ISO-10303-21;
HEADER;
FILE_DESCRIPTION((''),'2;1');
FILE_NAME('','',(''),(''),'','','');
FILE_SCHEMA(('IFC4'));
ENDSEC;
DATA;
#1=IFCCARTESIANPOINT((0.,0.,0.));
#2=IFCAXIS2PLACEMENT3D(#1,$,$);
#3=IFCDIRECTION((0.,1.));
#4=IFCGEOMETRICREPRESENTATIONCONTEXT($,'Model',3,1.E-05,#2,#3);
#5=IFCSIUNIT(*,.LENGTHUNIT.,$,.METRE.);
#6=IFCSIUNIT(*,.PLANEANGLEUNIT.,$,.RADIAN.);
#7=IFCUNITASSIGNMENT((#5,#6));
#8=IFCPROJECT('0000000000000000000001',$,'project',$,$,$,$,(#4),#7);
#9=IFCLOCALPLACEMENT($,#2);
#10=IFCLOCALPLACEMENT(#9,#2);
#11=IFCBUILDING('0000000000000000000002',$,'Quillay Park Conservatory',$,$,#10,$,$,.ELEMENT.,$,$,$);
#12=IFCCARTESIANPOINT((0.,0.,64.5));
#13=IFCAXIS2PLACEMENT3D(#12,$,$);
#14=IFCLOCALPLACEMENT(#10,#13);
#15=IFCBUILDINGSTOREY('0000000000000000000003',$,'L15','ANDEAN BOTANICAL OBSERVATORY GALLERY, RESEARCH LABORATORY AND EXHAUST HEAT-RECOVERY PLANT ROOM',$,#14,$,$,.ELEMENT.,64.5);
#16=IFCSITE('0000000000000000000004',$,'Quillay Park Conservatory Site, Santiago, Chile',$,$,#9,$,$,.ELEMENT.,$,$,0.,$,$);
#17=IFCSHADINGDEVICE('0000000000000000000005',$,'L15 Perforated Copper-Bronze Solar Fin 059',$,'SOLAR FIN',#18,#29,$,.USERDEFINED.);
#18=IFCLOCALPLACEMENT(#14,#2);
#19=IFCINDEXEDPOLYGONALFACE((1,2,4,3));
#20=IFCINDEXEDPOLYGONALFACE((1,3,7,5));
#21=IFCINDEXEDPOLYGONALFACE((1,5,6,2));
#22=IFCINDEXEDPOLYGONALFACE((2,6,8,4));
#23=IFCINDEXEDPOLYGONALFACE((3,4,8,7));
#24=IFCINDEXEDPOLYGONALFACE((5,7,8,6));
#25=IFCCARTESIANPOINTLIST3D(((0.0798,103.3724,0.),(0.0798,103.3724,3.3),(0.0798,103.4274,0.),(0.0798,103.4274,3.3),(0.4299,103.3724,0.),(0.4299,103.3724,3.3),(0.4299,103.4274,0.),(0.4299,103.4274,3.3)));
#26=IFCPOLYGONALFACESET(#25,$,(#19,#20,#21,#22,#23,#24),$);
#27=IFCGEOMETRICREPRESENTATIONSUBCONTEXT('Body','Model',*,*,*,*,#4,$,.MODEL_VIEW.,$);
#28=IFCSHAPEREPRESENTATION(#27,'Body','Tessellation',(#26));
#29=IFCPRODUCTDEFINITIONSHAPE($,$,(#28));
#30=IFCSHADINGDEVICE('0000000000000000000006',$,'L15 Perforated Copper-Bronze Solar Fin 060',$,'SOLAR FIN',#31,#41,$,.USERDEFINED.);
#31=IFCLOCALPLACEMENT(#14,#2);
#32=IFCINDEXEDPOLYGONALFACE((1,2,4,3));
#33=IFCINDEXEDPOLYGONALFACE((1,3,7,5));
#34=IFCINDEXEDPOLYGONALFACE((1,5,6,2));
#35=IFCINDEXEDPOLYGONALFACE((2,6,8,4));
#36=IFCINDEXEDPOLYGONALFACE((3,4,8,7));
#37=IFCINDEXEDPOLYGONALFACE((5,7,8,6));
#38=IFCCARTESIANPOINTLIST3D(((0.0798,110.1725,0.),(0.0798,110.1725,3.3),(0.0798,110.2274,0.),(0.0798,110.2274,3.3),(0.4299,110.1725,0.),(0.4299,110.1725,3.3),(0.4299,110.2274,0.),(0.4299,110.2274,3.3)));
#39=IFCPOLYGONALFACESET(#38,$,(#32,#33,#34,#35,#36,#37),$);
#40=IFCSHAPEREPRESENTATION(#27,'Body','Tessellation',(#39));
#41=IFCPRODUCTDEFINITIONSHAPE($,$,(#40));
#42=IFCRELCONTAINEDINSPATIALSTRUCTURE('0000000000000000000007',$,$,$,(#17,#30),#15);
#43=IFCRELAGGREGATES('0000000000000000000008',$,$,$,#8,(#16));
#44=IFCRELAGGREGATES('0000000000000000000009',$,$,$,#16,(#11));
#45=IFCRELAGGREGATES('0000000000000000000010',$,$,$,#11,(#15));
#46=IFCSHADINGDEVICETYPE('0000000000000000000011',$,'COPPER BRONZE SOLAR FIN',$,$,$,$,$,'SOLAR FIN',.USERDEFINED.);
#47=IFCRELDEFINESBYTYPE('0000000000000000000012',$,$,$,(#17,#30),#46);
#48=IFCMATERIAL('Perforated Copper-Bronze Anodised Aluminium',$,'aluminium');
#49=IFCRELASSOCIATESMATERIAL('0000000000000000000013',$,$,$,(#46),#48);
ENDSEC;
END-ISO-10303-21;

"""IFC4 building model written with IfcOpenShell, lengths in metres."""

from ifc_helpers import new_model, si_unit, direction, frame, origin, origin_2d, place, context, subcontext, project, spatial, rectangle, extrude, material, type_object, element, save


model = new_model("IFC4")

# Units and contexts
model_context = context("Model", 3, precision=1e-05, world=origin(), true_north=direction((0.0, 1.0)))
body_context = subcontext(model_context, "Body", "Model", "MODEL_VIEW")
ifc_project = project(units=[si_unit("LENGTHUNIT", "METRE"), si_unit("PLANEANGLEUNIT", "RADIAN")], contexts=[model_context])

# Site, building, storey
site_placement = place(None, origin())
site = spatial("IfcSite", under=ifc_project, at=site_placement, Name="Quillay Park Conservatory Site, Santiago, Chile", CompositionType="ELEMENT", RefElevation=0.0)
building_placement = place(site_placement, origin())
building = spatial("IfcBuilding", under=site, at=building_placement, Name="Quillay Park Conservatory", CompositionType="ELEMENT")
storey_placement = place(building_placement, frame((0.0, 0.0, 64.5)))
storey = spatial("IfcBuildingStorey", under=building, at=storey_placement, Name="L15", Description="ANDEAN BOTANICAL OBSERVATORY GALLERY, RESEARCH LABORATORY AND EXHAUST HEAT-RECOVERY PLANT ROOM", CompositionType="ELEMENT", Elevation=64.5)

# Shading devices
ifc_material_1 = material(Name="Perforated Copper-Bronze Anodised Aluminium", Category="aluminium")
shading_device_type = type_object("IfcShadingDeviceType", Name="COPPER BRONZE SOLAR FIN", ElementType="SOLAR FIN", PredefinedType="USERDEFINED", material=ifc_material_1)
for number, where, z_axis, x_axis, name in (
    (1, (0.2549, 103.3999, 0.0), (0.0, 0.0, 1.0), (1.0, 0.0, 0.0), "L15 Perforated Copper-Bronze Solar Fin 059"),
    (2, (0.2549, 110.2, 0.0), (0.0, 0.0, 1.0), (1.0, 0.0, 0.0), "L15 Perforated Copper-Bronze Solar Fin 060"),
):
    element("IfcShadingDevice", number, at=place(storey_placement, frame(where, z_axis=z_axis, x_axis=x_axis)), inside=storey, type_object=shading_device_type, Name=name, ObjectType="SOLAR FIN", PredefinedType="USERDEFINED", context=body_context, shape_type="SweptSolid", body=[
        extrude(rectangle(XDim=0.3501, YDim=0.0549, at=origin_2d()), origin(), (0.0, 0.0, 1.0), 3.3),
    ])

save(model, "model.ifc")
